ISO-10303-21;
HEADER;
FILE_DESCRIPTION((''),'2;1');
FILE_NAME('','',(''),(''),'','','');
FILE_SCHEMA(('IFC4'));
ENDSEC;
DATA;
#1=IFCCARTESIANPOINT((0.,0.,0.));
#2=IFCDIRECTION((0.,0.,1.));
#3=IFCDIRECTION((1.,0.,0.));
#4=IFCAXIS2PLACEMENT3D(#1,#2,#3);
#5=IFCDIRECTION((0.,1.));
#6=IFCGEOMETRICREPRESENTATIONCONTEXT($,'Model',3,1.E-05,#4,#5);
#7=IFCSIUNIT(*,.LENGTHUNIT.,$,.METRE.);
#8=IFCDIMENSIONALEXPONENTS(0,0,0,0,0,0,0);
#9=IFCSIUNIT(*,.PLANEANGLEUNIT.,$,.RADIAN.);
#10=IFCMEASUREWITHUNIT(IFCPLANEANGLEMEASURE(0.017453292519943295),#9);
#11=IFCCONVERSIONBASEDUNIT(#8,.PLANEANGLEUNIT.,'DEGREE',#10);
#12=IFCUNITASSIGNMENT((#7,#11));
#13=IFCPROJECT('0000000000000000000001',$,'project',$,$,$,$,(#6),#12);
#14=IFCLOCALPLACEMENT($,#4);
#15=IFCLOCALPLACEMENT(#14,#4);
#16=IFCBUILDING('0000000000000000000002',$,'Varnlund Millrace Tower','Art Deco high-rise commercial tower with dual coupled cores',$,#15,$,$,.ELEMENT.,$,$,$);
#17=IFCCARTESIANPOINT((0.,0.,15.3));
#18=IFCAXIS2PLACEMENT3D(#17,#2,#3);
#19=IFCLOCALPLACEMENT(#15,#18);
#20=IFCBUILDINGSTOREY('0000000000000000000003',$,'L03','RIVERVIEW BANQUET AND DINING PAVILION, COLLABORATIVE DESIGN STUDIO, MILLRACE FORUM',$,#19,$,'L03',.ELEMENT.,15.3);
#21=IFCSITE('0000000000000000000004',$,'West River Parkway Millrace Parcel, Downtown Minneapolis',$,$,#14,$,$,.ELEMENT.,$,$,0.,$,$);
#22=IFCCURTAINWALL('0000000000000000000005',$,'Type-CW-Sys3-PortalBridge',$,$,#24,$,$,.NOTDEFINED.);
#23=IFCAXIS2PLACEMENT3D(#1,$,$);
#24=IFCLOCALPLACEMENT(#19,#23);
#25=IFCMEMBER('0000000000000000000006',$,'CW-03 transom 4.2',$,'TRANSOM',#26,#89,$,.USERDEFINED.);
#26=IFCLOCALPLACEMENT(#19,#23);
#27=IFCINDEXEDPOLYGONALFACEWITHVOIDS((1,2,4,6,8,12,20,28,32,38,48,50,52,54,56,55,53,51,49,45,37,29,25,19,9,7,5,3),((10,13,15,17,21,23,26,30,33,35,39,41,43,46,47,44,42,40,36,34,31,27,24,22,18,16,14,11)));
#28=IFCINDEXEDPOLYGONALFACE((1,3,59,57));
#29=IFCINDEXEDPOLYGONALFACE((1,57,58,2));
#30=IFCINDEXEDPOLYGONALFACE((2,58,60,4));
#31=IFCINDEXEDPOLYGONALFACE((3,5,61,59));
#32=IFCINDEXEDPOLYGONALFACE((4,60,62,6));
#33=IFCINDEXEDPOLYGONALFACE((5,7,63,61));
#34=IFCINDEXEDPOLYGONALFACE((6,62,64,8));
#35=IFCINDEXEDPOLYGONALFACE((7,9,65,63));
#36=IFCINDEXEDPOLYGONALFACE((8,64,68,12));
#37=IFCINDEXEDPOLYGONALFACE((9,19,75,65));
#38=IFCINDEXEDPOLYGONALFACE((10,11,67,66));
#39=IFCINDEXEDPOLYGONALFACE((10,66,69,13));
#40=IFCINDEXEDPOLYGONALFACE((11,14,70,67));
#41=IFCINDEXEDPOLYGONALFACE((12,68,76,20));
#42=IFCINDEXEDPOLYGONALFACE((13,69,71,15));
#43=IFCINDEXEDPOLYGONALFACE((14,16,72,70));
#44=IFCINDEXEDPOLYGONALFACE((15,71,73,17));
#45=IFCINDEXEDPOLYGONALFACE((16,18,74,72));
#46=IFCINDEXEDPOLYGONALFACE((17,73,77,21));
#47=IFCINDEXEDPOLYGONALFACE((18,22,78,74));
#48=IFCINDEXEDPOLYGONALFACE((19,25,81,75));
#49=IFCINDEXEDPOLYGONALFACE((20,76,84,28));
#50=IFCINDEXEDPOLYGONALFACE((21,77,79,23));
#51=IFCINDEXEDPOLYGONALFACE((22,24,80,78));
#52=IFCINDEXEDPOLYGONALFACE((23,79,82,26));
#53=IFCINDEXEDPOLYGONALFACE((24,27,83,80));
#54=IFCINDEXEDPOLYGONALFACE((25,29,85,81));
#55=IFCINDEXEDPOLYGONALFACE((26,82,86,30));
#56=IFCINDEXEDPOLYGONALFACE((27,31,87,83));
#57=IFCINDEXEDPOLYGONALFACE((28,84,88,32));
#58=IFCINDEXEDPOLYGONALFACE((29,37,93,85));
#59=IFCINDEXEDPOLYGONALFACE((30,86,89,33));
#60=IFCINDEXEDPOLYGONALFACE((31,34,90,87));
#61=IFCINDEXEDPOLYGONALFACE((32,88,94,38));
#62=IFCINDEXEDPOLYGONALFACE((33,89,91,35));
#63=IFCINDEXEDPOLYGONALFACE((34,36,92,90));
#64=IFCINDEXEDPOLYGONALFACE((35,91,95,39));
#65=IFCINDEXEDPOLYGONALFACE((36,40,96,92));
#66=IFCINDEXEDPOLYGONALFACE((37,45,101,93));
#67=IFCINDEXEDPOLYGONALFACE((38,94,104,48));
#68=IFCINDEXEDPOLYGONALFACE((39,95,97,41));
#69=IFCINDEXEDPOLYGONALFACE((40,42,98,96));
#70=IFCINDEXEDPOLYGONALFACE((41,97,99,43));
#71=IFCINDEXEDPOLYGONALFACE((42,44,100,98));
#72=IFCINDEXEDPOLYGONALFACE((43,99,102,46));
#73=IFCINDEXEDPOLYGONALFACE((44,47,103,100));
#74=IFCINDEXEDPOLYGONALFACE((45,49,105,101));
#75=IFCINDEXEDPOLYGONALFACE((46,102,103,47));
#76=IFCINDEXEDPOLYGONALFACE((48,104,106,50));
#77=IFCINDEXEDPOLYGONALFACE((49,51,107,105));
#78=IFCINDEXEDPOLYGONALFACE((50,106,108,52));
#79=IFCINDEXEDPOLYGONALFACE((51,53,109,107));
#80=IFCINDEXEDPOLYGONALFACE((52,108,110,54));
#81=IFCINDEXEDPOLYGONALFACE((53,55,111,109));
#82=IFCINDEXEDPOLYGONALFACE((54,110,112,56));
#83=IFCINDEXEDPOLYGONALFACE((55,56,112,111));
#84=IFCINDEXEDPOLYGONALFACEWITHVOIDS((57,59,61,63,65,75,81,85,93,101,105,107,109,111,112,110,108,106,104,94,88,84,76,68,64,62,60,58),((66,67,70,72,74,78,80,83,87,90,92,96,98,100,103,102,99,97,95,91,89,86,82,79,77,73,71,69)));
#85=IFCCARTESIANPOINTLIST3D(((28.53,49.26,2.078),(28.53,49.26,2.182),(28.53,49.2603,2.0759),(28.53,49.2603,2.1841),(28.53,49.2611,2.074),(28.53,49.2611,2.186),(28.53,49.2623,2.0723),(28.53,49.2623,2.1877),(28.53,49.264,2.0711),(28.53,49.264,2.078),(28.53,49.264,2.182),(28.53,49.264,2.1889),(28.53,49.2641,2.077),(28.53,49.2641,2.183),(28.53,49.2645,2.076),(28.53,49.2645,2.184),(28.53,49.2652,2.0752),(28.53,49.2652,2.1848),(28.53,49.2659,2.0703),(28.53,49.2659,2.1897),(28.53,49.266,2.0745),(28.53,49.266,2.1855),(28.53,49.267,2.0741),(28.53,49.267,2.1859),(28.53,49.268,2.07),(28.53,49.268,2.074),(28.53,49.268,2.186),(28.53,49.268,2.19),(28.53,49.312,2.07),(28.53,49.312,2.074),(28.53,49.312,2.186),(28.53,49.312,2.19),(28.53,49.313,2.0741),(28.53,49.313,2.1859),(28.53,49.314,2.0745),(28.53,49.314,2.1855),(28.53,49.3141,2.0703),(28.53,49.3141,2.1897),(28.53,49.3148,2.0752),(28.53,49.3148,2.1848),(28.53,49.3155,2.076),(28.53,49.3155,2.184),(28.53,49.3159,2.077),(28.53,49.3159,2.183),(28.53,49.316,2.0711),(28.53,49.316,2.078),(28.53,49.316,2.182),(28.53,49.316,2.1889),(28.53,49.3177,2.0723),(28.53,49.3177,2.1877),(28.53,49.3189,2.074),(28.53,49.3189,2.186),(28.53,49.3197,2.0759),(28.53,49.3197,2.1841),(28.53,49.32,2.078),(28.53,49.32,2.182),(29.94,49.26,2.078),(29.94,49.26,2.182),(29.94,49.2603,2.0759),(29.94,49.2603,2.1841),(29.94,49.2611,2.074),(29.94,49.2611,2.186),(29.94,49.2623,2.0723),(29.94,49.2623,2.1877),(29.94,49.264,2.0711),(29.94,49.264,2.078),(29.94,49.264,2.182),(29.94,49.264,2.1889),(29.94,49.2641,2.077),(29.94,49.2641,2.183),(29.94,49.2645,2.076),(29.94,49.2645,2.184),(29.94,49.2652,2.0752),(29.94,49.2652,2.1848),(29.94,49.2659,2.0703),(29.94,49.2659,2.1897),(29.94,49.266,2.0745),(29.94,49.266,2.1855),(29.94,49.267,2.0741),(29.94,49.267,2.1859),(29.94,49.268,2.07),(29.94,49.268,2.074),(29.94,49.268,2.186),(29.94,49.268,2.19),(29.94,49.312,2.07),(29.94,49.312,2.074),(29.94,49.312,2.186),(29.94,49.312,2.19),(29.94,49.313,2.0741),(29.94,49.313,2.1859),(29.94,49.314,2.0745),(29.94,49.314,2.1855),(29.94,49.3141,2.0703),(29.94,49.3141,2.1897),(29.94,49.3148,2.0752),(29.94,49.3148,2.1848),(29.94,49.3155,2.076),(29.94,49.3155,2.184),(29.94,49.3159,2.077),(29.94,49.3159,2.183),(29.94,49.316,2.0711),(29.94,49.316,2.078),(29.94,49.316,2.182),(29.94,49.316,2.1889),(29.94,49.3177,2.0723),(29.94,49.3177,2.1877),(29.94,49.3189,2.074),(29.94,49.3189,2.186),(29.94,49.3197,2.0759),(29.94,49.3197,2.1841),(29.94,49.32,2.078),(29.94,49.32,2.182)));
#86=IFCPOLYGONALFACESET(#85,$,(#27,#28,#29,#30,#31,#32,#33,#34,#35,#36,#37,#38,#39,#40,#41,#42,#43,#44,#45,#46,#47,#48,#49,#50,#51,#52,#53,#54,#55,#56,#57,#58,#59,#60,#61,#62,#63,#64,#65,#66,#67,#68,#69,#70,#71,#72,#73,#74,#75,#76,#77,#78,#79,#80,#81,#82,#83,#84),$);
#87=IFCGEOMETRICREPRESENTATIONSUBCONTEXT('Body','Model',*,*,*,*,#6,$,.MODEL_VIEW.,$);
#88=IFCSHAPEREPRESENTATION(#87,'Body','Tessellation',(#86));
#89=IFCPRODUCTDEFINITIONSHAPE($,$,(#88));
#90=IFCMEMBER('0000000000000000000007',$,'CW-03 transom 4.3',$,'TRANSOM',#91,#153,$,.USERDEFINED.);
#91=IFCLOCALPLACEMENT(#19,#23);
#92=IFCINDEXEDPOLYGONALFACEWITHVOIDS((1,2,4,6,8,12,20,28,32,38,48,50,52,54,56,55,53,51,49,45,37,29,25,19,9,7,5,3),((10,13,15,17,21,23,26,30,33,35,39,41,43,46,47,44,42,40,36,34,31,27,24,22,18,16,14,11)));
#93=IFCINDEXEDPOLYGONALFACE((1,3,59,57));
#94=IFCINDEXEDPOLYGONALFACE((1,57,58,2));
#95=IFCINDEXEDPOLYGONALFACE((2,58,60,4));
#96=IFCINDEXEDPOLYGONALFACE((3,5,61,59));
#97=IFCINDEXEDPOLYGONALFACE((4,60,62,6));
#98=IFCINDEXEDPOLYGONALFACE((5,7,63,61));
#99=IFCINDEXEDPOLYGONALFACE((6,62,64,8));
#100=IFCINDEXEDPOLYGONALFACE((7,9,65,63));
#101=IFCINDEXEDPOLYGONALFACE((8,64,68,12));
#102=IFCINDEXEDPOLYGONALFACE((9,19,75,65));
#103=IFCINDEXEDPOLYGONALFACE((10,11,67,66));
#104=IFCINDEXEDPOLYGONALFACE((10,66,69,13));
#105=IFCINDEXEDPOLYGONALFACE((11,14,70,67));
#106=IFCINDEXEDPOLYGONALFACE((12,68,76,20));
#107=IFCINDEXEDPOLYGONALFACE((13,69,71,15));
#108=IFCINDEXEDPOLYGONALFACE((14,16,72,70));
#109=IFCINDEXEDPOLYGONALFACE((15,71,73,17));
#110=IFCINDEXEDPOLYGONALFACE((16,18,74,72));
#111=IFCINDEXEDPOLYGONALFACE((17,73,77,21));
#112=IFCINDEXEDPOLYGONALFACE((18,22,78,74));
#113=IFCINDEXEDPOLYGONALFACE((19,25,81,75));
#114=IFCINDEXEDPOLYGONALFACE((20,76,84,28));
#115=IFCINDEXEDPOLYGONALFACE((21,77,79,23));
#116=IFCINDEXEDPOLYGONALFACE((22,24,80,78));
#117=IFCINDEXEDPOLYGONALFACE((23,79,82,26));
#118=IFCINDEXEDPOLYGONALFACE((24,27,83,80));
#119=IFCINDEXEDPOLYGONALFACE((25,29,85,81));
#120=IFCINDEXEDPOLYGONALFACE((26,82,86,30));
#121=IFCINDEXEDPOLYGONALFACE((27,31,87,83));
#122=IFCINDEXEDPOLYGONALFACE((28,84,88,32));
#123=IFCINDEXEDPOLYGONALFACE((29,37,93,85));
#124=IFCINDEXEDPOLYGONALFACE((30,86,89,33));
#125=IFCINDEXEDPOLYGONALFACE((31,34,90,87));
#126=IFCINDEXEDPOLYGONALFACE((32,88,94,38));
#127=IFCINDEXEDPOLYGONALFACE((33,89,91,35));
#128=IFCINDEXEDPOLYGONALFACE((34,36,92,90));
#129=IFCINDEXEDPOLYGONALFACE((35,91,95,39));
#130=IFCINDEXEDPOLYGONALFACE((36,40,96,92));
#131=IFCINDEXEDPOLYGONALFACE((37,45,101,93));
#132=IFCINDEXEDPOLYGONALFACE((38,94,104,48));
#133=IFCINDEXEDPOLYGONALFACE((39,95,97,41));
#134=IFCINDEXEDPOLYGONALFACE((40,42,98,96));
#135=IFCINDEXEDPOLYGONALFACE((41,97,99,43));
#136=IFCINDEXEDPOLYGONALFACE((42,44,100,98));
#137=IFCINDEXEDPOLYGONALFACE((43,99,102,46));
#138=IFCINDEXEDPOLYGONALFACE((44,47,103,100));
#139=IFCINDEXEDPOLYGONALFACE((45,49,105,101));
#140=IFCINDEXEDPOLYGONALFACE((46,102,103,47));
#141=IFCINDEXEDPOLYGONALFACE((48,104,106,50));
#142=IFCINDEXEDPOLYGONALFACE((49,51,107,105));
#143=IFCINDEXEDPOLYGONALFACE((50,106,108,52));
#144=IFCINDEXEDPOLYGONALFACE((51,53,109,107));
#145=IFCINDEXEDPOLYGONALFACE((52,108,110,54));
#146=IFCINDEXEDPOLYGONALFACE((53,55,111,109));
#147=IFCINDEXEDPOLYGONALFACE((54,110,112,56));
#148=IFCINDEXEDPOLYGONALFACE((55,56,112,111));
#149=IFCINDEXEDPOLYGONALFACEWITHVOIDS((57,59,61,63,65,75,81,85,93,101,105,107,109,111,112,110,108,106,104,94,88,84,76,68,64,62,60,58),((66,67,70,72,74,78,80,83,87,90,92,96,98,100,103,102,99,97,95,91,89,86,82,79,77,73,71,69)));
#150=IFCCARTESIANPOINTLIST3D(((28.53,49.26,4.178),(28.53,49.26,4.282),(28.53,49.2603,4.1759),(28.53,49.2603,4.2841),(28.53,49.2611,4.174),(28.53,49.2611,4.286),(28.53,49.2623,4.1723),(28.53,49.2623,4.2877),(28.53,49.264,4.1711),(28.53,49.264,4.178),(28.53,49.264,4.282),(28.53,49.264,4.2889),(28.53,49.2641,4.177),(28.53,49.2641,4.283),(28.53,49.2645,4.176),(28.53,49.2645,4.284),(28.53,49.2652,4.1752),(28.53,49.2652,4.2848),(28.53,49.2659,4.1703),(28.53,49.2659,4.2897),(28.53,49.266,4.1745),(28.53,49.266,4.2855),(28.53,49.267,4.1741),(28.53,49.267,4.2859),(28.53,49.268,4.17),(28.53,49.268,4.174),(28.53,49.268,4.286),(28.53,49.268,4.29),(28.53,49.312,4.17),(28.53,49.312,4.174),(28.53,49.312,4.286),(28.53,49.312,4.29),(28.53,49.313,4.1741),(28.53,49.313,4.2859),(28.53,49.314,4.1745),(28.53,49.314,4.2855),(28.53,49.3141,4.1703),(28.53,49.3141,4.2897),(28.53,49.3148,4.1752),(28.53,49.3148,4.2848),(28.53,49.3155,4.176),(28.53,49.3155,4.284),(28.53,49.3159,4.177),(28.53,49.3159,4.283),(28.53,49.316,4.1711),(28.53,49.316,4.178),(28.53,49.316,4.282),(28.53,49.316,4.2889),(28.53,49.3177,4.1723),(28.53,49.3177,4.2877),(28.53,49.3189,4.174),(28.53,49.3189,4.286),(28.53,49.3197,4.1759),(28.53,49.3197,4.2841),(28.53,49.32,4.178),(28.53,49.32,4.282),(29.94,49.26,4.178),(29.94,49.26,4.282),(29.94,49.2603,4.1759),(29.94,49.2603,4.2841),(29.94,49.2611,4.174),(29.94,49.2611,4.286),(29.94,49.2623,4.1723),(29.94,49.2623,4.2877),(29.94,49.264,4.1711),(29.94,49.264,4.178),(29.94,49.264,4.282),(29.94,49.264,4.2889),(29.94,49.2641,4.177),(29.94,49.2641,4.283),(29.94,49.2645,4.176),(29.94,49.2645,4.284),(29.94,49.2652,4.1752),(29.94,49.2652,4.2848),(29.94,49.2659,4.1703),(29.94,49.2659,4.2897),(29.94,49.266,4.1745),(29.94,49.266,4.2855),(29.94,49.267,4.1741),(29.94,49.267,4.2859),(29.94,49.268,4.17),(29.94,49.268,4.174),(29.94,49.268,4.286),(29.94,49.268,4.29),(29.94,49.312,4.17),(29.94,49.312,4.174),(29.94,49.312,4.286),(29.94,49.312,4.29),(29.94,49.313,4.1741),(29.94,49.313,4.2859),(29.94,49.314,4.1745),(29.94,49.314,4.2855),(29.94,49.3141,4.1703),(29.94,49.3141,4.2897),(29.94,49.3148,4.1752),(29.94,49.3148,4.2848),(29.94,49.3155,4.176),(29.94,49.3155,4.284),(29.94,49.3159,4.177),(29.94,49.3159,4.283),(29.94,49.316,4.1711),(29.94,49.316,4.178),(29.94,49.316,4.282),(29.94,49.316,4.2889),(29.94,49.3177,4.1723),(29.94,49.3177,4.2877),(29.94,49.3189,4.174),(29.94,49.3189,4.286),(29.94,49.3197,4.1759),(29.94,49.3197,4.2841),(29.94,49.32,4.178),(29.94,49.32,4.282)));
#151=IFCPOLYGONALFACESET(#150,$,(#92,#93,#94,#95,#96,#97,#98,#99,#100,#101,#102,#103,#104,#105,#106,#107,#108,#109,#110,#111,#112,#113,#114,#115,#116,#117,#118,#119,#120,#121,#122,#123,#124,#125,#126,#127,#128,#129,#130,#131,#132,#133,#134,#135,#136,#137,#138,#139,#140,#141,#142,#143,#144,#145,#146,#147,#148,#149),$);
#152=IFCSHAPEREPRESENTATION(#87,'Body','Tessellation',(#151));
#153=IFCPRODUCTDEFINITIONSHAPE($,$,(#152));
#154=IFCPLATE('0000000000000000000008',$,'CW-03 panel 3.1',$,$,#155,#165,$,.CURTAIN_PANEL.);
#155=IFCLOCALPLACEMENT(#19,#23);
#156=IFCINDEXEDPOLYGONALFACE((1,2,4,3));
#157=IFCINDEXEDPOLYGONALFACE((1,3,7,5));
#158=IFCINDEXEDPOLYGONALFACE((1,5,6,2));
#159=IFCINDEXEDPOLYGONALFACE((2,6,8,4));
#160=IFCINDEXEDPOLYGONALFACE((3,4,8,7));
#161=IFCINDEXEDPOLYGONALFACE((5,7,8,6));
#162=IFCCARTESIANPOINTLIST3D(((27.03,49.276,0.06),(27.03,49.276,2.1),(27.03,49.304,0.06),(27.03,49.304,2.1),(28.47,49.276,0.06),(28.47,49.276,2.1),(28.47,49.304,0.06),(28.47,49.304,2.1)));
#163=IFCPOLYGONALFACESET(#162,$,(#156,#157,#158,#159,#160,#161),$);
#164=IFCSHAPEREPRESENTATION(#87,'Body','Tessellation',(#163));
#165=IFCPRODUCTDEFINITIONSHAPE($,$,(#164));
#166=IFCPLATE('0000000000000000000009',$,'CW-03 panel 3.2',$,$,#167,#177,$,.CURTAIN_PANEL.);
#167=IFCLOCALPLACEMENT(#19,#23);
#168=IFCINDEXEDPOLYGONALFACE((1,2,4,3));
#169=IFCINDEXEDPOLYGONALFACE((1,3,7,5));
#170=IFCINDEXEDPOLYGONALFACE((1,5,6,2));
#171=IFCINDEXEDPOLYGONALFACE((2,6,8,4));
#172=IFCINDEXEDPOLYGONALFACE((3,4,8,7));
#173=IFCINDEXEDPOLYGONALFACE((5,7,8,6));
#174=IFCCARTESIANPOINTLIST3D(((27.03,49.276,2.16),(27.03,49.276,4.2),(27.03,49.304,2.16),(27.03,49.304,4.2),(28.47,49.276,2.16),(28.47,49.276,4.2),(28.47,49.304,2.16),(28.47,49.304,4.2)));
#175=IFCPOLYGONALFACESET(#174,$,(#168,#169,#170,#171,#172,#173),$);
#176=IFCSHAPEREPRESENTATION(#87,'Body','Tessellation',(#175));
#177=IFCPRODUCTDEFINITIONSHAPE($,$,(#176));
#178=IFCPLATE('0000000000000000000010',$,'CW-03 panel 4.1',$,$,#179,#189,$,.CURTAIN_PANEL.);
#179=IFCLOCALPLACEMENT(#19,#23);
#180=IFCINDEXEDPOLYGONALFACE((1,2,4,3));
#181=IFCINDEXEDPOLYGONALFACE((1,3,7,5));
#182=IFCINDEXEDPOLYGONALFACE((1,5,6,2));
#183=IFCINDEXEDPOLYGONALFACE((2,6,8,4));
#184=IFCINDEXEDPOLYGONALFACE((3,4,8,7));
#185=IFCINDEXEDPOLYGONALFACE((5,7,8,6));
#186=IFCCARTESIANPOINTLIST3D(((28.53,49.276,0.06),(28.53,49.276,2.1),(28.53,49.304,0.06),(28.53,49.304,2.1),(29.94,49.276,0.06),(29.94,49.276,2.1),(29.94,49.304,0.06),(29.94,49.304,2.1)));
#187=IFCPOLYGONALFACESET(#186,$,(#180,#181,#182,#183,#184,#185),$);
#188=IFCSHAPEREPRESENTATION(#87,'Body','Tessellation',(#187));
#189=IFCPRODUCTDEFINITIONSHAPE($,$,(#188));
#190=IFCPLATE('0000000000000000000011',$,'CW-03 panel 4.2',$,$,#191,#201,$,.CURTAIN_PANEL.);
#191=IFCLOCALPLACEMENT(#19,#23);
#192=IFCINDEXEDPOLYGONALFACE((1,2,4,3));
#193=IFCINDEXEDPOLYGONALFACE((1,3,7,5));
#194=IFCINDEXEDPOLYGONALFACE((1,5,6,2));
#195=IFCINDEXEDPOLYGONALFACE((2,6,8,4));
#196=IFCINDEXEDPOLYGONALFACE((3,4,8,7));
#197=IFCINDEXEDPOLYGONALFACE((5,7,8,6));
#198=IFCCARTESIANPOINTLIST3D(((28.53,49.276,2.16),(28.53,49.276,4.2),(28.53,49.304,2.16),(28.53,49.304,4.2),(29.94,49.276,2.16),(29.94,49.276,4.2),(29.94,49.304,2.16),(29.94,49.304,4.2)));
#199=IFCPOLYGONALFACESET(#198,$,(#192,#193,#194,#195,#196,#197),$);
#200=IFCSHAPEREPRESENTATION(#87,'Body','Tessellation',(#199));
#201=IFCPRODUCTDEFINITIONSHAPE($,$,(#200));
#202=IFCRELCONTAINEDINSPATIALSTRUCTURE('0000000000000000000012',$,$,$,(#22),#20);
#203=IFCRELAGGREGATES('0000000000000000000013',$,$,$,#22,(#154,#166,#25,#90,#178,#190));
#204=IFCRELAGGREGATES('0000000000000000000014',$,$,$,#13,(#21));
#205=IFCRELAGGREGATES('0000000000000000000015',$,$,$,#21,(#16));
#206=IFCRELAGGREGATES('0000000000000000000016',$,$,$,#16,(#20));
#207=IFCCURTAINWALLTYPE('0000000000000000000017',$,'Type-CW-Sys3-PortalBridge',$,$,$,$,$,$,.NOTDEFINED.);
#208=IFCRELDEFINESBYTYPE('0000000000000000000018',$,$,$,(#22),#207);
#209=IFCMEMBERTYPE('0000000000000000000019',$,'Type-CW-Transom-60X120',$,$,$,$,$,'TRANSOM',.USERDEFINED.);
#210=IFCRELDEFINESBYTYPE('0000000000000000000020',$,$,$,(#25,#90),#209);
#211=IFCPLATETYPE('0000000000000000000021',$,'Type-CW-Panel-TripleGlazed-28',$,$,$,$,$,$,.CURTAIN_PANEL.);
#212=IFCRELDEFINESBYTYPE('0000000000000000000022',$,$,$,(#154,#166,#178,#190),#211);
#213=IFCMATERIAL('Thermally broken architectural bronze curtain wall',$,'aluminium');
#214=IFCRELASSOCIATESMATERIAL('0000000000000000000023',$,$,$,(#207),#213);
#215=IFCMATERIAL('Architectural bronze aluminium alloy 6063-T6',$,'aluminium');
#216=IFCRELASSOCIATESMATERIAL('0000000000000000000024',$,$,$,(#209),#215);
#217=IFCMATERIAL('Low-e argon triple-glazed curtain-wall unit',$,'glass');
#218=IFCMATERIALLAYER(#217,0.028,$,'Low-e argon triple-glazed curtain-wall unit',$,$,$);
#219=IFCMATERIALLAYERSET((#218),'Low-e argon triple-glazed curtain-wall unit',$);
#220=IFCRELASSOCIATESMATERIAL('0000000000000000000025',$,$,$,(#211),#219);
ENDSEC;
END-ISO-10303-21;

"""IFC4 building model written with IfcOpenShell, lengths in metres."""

from ifc_helpers import new_model, entity, si_unit, converted_unit, direction, frame, origin_with_axes, origin_2d_with_axis, place, context, subcontext, project, spatial, rectangle, hollow_rectangle, extrude, material, layer, layer_set, material_profile, profile_set, type_object, element, aggregate, save


model = new_model("IFC4")

# Units and contexts
model_context = context("Model", 3, precision=1e-05, world=origin_with_axes(), true_north=direction((0.0, 1.0)))
body_context = subcontext(model_context, "Body", "Model", "MODEL_VIEW")
ifc_project = project(units=[si_unit("LENGTHUNIT", "METRE"), converted_unit("PLANEANGLEUNIT", "DEGREE", entity("IfcPlaneAngleMeasure", 0.017453292519943295), si_unit("PLANEANGLEUNIT", "RADIAN"), dimensions=[0, 0, 0, 0, 0, 0, 0])], contexts=[model_context])

# Site, building, storey
site_placement = place(None, origin_with_axes())
site = spatial("IfcSite", under=ifc_project, at=site_placement, Name="West River Parkway Millrace Parcel, Downtown Minneapolis", CompositionType="ELEMENT", RefElevation=0.0)
building_placement = place(site_placement, origin_with_axes())
building = spatial("IfcBuilding", under=site, at=building_placement, Name="Varnlund Millrace Tower", Description="Art Deco high-rise commercial tower with dual coupled cores", CompositionType="ELEMENT")
storey_placement = place(building_placement, frame((0.0, 0.0, 15.3), z_axis=(0.0, 0.0, 1.0), x_axis=(1.0, 0.0, 0.0)))
storey = spatial("IfcBuildingStorey", under=building, at=storey_placement, Name="L03", Description="RIVERVIEW BANQUET AND DINING PAVILION, COLLABORATIVE DESIGN STUDIO, MILLRACE FORUM", LongName="L03", CompositionType="ELEMENT", Elevation=15.3)

# Curtain wall, members, plates
ifc_material_1 = material(Name="Thermally broken architectural bronze curtain wall", Category="aluminium")
curtain_wall_type = type_object("IfcCurtainWallType", Name="Type-CW-Sys3-PortalBridge", PredefinedType="NOTDEFINED", material=ifc_material_1)
curtain_wall_placement = place(storey_placement, frame((24.0, 49.29, 0.0), z_axis=(0.0, 0.0, 1.0), x_axis=(1.0, 0.0, 0.0)))
curtain_wall = element("IfcCurtainWall", 1, at=curtain_wall_placement, inside=storey, type_object=curtain_wall_type, Name="Type-CW-Sys3-PortalBridge", PredefinedType="NOTDEFINED")
ifc_material_2 = material(Name="Architectural bronze aluminium alloy 6063-T6", Category="aluminium")
ifc_material_profile_1 = material_profile(ifc_material_2, hollow_rectangle(XDim=0.06, YDim=0.12, WallThickness=0.004, InnerFilletRadius=0.004, OuterFilletRadius=0.008, at=origin_2d_with_axis()), Name="Architectural bronze aluminium alloy 6063-T6")
ifc_profile_set_1 = profile_set([ifc_material_profile_1], Name="Architectural bronze aluminium alloy 6063-T6")
member_type_1 = type_object("IfcMemberType", Name="Type-CW-Transom-60X120", ElementType="TRANSOM", PredefinedType="USERDEFINED", material=ifc_profile_set_1)
member_1_placement = place(storey_placement, frame((28.53, 49.29, 2.13), z_axis=(1.0, 0.0, 0.0), x_axis=(0.0, 1.0, 0.0)))
member_1 = element("IfcMember", 2, at=member_1_placement, type_object=member_type_1, Name="CW-03 transom 4.2", ObjectType="TRANSOM", PredefinedType="USERDEFINED", context=body_context, shape_type="SweptSolid", body=[
    extrude(hollow_rectangle(XDim=0.06, YDim=0.12, WallThickness=0.004, InnerFilletRadius=0.004, OuterFilletRadius=0.008, at=origin_2d_with_axis()), origin_with_axes(), (0.0, 0.0, 1.0), 1.41),
])
member_2_placement = place(storey_placement, frame((28.53, 49.29, 4.23), z_axis=(1.0, 0.0, 0.0), x_axis=(0.0, 1.0, 0.0)))
member_2 = element("IfcMember", 3, at=member_2_placement, type_object=member_type_1, Name="CW-03 transom 4.3", ObjectType="TRANSOM", PredefinedType="USERDEFINED", context=body_context, shape_type="SweptSolid", body=[
    extrude(hollow_rectangle(XDim=0.06, YDim=0.12, WallThickness=0.004, InnerFilletRadius=0.004, OuterFilletRadius=0.008, at=origin_2d_with_axis()), origin_with_axes(), (0.0, 0.0, 1.0), 1.41),
])
ifc_material_3 = material(Name="Low-e argon triple-glazed curtain-wall unit", Category="glass")
ifc_layer_1 = layer(ifc_material_3, 0.028, Name="Low-e argon triple-glazed curtain-wall unit")
ifc_layer_set_1 = layer_set([ifc_layer_1], Name="Low-e argon triple-glazed curtain-wall unit")
plate_type = type_object("IfcPlateType", Name="Type-CW-Panel-TripleGlazed-28", PredefinedType="CURTAIN_PANEL", material=ifc_layer_set_1)
plate_1_placement = place(storey_placement, frame((27.75, 49.29, 0.06), z_axis=(0.0, 0.0, 1.0), x_axis=(1.0, 0.0, 0.0)))
plate_1 = element("IfcPlate", 4, at=plate_1_placement, type_object=plate_type, Name="CW-03 panel 3.1", PredefinedType="CURTAIN_PANEL", context=body_context, shape_type="SweptSolid", body=[
    extrude(rectangle(XDim=1.44, YDim=0.028, at=origin_2d_with_axis()), origin_with_axes(), (0.0, 0.0, 1.0), 2.04),
])
plate_2_placement = place(storey_placement, frame((27.75, 49.29, 2.16), z_axis=(0.0, 0.0, 1.0), x_axis=(1.0, 0.0, 0.0)))
plate_2 = element("IfcPlate", 5, at=plate_2_placement, type_object=plate_type, Name="CW-03 panel 3.2", PredefinedType="CURTAIN_PANEL", context=body_context, shape_type="SweptSolid", body=[
    extrude(rectangle(XDim=1.44, YDim=0.028, at=origin_2d_with_axis()), origin_with_axes(), (0.0, 0.0, 1.0), 2.04),
])
plate_3_placement = place(storey_placement, frame((29.235, 49.29, 0.06), z_axis=(0.0, 0.0, 1.0), x_axis=(1.0, 0.0, 0.0)))
plate_3 = element("IfcPlate", 6, at=plate_3_placement, type_object=plate_type, Name="CW-03 panel 4.1", PredefinedType="CURTAIN_PANEL", context=body_context, shape_type="SweptSolid", body=[
    extrude(rectangle(XDim=1.41, YDim=0.028, at=origin_2d_with_axis()), origin_with_axes(), (0.0, 0.0, 1.0), 2.04),
])
plate_4_placement = place(storey_placement, frame((29.235, 49.29, 2.16), z_axis=(0.0, 0.0, 1.0), x_axis=(1.0, 0.0, 0.0)))
plate_4 = element("IfcPlate", 7, at=plate_4_placement, type_object=plate_type, Name="CW-03 panel 4.2", PredefinedType="CURTAIN_PANEL", context=body_context, shape_type="SweptSolid", body=[
    extrude(rectangle(XDim=1.41, YDim=0.028, at=origin_2d_with_axis()), origin_with_axes(), (0.0, 0.0, 1.0), 2.04),
])
aggregate(curtain_wall, [plate_1, plate_2, member_1, member_2, plate_3, plate_4])

save(model, "model.ifc")
